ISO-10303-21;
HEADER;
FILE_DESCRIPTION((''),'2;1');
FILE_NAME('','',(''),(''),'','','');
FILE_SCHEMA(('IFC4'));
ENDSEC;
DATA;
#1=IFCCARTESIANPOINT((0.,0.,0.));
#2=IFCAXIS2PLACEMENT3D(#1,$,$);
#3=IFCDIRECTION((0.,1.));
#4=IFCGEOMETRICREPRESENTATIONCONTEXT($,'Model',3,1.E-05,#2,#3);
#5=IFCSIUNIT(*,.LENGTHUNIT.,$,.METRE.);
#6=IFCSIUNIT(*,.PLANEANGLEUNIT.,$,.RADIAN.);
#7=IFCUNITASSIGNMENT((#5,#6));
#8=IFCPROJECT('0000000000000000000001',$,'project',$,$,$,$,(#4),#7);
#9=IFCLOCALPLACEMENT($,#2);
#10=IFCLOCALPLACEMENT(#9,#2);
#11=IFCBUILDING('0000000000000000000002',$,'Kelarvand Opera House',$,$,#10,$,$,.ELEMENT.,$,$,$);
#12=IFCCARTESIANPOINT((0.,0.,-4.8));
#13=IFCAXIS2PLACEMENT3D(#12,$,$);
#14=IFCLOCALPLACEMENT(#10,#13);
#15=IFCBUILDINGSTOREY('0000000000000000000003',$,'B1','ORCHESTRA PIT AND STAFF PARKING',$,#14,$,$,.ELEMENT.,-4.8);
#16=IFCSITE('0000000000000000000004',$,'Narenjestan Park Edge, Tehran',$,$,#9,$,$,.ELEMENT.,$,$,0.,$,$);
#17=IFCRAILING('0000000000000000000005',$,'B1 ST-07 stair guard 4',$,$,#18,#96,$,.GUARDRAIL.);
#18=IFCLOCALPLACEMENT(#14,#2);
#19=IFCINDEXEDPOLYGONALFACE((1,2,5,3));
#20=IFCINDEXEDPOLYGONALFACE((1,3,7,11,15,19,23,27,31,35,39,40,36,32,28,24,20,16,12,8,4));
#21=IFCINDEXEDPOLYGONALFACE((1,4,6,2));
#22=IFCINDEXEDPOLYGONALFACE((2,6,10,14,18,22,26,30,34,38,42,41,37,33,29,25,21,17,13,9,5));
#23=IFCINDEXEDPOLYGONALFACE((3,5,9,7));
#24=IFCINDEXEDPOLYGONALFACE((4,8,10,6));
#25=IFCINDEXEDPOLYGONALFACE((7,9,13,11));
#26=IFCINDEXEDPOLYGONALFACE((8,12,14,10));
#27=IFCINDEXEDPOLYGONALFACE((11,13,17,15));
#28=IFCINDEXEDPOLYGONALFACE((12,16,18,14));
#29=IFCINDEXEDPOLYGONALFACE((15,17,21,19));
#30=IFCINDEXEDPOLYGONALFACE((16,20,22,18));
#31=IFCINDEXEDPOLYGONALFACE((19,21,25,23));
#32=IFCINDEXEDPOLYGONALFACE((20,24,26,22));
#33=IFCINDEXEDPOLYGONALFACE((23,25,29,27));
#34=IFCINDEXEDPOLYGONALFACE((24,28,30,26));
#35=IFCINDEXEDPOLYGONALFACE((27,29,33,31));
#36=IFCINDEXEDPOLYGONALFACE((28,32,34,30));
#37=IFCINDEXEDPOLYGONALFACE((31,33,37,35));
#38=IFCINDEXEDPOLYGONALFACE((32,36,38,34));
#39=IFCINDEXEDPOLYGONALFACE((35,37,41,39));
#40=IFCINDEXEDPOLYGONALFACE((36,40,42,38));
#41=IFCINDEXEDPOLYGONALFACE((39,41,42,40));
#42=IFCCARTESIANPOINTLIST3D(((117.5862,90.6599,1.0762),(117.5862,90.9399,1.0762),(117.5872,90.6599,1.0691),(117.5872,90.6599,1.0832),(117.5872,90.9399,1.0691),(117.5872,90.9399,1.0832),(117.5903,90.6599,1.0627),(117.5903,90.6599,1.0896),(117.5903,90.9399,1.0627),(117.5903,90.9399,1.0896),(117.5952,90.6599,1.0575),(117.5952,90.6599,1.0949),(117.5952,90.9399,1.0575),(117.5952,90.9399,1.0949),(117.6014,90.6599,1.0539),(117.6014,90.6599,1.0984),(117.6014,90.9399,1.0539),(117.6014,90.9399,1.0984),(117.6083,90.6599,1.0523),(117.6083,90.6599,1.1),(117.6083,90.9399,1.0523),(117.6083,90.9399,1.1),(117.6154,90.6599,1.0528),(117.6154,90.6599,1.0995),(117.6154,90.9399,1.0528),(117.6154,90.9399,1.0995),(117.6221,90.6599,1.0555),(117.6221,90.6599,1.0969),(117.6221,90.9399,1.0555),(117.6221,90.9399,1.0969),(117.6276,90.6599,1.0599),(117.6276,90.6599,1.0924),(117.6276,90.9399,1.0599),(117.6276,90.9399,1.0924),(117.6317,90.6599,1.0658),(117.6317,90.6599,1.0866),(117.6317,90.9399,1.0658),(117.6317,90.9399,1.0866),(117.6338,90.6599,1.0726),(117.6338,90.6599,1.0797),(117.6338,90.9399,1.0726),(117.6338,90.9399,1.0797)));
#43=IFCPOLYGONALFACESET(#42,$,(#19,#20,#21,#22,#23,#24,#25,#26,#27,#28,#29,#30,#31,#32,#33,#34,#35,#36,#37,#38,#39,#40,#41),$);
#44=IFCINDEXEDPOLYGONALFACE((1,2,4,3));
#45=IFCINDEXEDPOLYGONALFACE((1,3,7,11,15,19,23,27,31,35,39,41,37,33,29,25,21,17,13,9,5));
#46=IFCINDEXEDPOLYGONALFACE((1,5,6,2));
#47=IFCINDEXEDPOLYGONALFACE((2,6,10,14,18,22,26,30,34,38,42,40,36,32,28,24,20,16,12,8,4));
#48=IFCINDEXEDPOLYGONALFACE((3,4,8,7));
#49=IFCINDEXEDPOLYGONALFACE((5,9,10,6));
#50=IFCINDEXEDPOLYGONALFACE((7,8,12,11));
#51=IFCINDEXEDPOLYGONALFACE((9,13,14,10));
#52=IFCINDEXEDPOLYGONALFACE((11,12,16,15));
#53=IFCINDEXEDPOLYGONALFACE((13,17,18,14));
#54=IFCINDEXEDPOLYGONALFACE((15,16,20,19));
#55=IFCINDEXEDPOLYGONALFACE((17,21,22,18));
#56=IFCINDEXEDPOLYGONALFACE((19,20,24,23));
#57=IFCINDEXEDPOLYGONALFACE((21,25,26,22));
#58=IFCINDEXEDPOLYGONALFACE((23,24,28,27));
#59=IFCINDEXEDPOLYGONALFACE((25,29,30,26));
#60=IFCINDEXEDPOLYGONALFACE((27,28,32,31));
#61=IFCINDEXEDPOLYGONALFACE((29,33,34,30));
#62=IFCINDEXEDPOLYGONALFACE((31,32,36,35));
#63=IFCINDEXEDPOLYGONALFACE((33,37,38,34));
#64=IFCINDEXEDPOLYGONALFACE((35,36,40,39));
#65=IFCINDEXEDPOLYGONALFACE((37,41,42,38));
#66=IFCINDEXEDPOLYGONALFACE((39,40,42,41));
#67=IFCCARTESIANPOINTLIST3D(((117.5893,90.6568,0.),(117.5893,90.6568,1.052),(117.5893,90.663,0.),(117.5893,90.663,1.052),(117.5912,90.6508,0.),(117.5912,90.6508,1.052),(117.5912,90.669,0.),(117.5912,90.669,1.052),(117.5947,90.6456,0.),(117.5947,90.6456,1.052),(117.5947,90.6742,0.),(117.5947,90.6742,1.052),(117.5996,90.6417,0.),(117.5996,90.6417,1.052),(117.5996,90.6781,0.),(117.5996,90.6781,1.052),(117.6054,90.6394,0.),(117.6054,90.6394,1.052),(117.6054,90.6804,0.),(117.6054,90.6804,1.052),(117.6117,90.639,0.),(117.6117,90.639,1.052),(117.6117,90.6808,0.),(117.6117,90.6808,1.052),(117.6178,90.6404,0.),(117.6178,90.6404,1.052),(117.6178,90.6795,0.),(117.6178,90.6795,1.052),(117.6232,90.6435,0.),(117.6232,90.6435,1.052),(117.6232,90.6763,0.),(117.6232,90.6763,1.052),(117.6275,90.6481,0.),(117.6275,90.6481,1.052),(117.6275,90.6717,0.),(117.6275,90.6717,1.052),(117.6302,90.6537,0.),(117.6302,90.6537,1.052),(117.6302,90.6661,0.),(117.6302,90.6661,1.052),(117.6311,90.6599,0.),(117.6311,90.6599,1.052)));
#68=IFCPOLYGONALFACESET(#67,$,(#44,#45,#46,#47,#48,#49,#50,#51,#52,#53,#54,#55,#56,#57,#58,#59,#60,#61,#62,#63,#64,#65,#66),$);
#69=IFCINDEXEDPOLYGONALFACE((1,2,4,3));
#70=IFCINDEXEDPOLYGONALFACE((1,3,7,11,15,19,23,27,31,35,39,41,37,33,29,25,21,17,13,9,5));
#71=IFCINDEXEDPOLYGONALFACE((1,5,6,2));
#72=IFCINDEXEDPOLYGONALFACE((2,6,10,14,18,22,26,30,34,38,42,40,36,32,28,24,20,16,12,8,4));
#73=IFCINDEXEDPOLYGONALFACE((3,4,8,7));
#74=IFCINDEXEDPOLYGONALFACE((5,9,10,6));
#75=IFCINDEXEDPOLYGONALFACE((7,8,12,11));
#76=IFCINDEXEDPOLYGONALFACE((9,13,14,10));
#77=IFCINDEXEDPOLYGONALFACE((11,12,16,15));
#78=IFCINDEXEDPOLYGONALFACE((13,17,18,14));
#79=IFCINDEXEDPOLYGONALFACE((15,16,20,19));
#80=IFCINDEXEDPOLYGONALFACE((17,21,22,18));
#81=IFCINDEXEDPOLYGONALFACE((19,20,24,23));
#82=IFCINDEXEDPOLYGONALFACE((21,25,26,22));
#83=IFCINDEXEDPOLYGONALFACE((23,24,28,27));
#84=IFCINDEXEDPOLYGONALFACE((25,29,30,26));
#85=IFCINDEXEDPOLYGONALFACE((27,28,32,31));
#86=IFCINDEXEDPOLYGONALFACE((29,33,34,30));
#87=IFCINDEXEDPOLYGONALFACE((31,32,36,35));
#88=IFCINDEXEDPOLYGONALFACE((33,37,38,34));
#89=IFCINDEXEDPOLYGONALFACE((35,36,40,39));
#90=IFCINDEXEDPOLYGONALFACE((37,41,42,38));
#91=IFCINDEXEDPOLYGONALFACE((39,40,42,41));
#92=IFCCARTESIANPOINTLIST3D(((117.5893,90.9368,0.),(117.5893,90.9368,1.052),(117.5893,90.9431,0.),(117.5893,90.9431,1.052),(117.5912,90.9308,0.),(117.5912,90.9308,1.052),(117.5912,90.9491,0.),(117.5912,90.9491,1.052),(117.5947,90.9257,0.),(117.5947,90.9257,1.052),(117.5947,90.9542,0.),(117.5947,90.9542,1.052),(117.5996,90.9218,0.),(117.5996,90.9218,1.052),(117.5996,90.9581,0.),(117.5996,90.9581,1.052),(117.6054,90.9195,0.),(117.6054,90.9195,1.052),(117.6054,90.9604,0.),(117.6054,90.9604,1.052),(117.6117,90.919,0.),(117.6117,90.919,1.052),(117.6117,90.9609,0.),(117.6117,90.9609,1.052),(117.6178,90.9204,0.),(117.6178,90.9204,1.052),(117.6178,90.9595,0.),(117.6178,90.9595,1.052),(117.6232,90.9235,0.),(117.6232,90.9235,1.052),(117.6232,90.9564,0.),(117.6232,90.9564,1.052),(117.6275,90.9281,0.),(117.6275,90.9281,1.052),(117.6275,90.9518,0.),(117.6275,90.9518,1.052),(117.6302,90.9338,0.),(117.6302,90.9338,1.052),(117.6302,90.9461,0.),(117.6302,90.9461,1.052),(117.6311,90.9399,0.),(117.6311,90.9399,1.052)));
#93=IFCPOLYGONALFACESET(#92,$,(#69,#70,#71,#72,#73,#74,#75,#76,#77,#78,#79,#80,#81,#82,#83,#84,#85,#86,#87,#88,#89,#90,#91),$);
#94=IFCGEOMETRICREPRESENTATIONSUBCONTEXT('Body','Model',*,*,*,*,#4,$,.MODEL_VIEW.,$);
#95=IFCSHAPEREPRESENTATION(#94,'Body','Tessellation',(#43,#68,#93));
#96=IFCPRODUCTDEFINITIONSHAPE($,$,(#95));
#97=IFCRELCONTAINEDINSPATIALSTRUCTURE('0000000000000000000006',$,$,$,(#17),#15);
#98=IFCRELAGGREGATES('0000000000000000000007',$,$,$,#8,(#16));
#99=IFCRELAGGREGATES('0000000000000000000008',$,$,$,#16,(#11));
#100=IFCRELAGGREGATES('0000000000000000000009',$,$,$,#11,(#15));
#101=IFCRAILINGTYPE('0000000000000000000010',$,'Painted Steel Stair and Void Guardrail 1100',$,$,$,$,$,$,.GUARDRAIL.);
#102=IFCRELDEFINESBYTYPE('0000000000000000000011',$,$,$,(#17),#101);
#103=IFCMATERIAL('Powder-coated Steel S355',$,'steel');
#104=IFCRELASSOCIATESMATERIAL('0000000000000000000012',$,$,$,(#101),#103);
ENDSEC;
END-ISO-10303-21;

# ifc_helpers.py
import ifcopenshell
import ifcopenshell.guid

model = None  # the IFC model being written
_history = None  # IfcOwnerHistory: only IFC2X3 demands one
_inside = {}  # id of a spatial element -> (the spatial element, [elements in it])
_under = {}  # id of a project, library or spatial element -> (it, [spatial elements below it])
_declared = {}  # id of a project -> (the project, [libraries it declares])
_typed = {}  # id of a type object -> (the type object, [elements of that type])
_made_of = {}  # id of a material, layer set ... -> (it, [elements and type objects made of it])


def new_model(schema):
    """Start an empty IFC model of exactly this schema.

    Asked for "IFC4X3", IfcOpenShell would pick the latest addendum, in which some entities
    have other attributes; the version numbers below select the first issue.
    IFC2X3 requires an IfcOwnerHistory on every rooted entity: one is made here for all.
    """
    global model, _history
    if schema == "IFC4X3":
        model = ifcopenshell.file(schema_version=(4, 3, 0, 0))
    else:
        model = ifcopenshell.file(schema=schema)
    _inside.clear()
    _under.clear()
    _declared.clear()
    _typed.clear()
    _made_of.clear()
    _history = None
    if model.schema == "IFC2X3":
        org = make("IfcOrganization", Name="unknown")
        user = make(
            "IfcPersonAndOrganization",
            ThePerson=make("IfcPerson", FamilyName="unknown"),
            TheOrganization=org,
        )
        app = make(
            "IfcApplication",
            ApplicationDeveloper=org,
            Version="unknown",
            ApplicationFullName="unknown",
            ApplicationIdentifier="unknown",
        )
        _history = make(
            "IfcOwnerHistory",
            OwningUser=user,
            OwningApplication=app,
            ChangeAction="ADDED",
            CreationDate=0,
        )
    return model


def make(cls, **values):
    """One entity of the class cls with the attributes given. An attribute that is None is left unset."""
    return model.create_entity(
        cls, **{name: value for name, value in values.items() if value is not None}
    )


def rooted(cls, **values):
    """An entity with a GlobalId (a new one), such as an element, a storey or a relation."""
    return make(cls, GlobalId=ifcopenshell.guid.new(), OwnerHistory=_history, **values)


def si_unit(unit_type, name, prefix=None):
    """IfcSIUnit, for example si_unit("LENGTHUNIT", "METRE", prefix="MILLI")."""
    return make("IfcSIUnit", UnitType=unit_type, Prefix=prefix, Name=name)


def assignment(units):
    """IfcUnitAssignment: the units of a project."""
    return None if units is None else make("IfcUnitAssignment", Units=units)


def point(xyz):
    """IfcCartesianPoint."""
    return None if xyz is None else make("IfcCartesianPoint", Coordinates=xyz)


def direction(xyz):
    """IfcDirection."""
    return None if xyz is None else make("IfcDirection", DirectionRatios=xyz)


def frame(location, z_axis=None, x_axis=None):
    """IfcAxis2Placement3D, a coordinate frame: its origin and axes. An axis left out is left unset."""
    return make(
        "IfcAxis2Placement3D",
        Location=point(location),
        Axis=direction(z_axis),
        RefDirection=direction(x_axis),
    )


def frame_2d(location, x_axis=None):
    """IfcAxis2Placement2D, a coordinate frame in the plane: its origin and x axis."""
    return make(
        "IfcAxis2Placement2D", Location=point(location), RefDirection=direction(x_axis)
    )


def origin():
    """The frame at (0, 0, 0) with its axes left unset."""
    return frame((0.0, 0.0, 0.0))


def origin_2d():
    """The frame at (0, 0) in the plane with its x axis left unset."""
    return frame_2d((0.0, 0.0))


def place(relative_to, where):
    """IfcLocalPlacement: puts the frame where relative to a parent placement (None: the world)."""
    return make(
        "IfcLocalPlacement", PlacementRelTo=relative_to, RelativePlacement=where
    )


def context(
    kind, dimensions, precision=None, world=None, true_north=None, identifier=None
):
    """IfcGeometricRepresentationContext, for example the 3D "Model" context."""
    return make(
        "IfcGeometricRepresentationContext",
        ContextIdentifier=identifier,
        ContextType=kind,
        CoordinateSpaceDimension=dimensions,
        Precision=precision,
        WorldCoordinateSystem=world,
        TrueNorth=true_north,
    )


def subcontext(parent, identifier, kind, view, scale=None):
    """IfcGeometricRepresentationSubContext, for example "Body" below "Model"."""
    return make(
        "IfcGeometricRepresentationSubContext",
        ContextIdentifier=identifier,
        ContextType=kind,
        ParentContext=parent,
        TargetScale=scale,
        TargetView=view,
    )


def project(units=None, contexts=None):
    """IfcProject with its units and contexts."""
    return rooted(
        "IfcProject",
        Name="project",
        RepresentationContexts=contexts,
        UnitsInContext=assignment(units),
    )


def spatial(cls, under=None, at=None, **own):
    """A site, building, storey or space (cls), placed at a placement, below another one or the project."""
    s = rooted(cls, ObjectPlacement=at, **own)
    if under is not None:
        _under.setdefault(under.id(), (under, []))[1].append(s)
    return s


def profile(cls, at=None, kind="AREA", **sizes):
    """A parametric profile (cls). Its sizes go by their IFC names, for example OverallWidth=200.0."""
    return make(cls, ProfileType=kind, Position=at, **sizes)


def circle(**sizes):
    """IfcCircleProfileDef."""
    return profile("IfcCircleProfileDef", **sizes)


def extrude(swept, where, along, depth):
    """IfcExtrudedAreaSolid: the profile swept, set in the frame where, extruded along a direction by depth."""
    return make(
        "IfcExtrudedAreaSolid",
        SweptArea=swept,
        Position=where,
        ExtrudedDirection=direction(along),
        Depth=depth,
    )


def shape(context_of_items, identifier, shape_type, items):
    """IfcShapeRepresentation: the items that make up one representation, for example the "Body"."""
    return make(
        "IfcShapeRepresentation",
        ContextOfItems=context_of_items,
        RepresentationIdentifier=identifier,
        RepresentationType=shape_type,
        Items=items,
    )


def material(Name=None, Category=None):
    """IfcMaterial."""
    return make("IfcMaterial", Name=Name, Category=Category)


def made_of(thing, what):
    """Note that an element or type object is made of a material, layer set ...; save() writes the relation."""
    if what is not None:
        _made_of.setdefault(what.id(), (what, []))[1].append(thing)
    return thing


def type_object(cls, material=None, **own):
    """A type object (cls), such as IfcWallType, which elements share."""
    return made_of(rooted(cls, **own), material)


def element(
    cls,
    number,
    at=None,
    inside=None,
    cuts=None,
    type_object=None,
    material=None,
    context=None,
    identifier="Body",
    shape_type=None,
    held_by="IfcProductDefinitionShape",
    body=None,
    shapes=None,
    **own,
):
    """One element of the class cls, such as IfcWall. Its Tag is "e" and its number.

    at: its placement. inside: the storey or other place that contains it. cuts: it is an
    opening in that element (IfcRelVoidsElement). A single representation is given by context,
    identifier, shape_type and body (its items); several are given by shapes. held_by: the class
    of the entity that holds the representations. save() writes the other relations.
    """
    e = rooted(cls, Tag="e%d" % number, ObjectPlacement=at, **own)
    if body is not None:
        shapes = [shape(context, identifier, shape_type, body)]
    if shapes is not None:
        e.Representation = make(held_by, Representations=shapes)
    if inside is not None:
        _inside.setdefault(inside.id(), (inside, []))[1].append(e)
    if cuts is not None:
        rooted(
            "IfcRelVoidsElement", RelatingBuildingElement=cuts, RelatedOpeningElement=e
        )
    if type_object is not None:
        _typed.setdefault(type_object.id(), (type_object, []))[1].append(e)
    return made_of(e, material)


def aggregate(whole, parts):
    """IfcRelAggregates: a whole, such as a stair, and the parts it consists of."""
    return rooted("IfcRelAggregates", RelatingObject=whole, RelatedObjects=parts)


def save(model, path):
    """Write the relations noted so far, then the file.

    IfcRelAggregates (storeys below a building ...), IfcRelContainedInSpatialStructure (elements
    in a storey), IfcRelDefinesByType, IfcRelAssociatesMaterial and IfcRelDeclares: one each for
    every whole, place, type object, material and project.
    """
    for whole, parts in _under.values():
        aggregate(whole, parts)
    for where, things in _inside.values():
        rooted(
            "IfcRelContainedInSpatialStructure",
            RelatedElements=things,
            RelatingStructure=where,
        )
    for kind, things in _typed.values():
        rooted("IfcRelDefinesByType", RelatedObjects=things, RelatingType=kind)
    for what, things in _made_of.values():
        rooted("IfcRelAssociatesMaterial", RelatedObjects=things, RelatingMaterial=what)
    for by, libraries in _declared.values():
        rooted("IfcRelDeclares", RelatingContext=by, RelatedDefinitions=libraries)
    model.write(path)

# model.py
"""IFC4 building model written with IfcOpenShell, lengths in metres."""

from ifc_helpers import new_model, si_unit, direction, frame, origin, origin_2d, place, context, subcontext, project, spatial, circle, extrude, material, type_object, element, save


model = new_model("IFC4")

# Units and contexts
model_context = context("Model", 3, precision=1e-05, world=origin(), true_north=direction((0.0, 1.0)))
body_context = subcontext(model_context, "Body", "Model", "MODEL_VIEW")
ifc_project = project(units=[si_unit("LENGTHUNIT", "METRE"), si_unit("PLANEANGLEUNIT", "RADIAN")], contexts=[model_context])

# Site, building, storey
site_placement = place(None, origin())
site = spatial("IfcSite", under=ifc_project, at=site_placement, Name="Narenjestan Park Edge, Tehran", CompositionType="ELEMENT", RefElevation=0.0)
building_placement = place(site_placement, origin())
building = spatial("IfcBuilding", under=site, at=building_placement, Name="Kelarvand Opera House", CompositionType="ELEMENT")
storey_placement = place(building_placement, frame((0.0, 0.0, -4.8)))
storey = spatial("IfcBuildingStorey", under=building, at=storey_placement, Name="B1", Description="ORCHESTRA PIT AND STAFF PARKING", CompositionType="ELEMENT", Elevation=-4.8)

# Railing
ifc_material_1 = material(Name="Powder-coated Steel S355", Category="steel")
railing_type_1 = type_object("IfcRailingType", Name="Painted Steel Stair and Void Guardrail 1100", PredefinedType="GUARDRAIL", material=ifc_material_1)
railing_1_placement = place(storey_placement, frame((117.6101, 90.6599, 0.0)))
element("IfcRailing", 1, at=railing_1_placement, inside=storey, type_object=railing_type_1, Name="B1 ST-07 stair guard 4", PredefinedType="GUARDRAIL", context=body_context, shape_type="SweptSolid", body=[
    extrude(circle(Radius=0.0239, at=origin_2d()), frame((0.0, 0.0, 1.0762), z_axis=(0.0, 1.0, 0.0), x_axis=(-1.0, 0.0, 0.0)), (0.0, 0.0, 1.0), 0.28),
    extrude(circle(Radius=0.021, at=origin_2d()), origin(), (0.0, 0.0, 1.0), 1.052),
    extrude(circle(Radius=0.021, at=origin_2d()), frame((0.0, 0.28, 0.0)), (0.0, 0.0, 1.0), 1.052),
])

save(model, "model.ifc")
